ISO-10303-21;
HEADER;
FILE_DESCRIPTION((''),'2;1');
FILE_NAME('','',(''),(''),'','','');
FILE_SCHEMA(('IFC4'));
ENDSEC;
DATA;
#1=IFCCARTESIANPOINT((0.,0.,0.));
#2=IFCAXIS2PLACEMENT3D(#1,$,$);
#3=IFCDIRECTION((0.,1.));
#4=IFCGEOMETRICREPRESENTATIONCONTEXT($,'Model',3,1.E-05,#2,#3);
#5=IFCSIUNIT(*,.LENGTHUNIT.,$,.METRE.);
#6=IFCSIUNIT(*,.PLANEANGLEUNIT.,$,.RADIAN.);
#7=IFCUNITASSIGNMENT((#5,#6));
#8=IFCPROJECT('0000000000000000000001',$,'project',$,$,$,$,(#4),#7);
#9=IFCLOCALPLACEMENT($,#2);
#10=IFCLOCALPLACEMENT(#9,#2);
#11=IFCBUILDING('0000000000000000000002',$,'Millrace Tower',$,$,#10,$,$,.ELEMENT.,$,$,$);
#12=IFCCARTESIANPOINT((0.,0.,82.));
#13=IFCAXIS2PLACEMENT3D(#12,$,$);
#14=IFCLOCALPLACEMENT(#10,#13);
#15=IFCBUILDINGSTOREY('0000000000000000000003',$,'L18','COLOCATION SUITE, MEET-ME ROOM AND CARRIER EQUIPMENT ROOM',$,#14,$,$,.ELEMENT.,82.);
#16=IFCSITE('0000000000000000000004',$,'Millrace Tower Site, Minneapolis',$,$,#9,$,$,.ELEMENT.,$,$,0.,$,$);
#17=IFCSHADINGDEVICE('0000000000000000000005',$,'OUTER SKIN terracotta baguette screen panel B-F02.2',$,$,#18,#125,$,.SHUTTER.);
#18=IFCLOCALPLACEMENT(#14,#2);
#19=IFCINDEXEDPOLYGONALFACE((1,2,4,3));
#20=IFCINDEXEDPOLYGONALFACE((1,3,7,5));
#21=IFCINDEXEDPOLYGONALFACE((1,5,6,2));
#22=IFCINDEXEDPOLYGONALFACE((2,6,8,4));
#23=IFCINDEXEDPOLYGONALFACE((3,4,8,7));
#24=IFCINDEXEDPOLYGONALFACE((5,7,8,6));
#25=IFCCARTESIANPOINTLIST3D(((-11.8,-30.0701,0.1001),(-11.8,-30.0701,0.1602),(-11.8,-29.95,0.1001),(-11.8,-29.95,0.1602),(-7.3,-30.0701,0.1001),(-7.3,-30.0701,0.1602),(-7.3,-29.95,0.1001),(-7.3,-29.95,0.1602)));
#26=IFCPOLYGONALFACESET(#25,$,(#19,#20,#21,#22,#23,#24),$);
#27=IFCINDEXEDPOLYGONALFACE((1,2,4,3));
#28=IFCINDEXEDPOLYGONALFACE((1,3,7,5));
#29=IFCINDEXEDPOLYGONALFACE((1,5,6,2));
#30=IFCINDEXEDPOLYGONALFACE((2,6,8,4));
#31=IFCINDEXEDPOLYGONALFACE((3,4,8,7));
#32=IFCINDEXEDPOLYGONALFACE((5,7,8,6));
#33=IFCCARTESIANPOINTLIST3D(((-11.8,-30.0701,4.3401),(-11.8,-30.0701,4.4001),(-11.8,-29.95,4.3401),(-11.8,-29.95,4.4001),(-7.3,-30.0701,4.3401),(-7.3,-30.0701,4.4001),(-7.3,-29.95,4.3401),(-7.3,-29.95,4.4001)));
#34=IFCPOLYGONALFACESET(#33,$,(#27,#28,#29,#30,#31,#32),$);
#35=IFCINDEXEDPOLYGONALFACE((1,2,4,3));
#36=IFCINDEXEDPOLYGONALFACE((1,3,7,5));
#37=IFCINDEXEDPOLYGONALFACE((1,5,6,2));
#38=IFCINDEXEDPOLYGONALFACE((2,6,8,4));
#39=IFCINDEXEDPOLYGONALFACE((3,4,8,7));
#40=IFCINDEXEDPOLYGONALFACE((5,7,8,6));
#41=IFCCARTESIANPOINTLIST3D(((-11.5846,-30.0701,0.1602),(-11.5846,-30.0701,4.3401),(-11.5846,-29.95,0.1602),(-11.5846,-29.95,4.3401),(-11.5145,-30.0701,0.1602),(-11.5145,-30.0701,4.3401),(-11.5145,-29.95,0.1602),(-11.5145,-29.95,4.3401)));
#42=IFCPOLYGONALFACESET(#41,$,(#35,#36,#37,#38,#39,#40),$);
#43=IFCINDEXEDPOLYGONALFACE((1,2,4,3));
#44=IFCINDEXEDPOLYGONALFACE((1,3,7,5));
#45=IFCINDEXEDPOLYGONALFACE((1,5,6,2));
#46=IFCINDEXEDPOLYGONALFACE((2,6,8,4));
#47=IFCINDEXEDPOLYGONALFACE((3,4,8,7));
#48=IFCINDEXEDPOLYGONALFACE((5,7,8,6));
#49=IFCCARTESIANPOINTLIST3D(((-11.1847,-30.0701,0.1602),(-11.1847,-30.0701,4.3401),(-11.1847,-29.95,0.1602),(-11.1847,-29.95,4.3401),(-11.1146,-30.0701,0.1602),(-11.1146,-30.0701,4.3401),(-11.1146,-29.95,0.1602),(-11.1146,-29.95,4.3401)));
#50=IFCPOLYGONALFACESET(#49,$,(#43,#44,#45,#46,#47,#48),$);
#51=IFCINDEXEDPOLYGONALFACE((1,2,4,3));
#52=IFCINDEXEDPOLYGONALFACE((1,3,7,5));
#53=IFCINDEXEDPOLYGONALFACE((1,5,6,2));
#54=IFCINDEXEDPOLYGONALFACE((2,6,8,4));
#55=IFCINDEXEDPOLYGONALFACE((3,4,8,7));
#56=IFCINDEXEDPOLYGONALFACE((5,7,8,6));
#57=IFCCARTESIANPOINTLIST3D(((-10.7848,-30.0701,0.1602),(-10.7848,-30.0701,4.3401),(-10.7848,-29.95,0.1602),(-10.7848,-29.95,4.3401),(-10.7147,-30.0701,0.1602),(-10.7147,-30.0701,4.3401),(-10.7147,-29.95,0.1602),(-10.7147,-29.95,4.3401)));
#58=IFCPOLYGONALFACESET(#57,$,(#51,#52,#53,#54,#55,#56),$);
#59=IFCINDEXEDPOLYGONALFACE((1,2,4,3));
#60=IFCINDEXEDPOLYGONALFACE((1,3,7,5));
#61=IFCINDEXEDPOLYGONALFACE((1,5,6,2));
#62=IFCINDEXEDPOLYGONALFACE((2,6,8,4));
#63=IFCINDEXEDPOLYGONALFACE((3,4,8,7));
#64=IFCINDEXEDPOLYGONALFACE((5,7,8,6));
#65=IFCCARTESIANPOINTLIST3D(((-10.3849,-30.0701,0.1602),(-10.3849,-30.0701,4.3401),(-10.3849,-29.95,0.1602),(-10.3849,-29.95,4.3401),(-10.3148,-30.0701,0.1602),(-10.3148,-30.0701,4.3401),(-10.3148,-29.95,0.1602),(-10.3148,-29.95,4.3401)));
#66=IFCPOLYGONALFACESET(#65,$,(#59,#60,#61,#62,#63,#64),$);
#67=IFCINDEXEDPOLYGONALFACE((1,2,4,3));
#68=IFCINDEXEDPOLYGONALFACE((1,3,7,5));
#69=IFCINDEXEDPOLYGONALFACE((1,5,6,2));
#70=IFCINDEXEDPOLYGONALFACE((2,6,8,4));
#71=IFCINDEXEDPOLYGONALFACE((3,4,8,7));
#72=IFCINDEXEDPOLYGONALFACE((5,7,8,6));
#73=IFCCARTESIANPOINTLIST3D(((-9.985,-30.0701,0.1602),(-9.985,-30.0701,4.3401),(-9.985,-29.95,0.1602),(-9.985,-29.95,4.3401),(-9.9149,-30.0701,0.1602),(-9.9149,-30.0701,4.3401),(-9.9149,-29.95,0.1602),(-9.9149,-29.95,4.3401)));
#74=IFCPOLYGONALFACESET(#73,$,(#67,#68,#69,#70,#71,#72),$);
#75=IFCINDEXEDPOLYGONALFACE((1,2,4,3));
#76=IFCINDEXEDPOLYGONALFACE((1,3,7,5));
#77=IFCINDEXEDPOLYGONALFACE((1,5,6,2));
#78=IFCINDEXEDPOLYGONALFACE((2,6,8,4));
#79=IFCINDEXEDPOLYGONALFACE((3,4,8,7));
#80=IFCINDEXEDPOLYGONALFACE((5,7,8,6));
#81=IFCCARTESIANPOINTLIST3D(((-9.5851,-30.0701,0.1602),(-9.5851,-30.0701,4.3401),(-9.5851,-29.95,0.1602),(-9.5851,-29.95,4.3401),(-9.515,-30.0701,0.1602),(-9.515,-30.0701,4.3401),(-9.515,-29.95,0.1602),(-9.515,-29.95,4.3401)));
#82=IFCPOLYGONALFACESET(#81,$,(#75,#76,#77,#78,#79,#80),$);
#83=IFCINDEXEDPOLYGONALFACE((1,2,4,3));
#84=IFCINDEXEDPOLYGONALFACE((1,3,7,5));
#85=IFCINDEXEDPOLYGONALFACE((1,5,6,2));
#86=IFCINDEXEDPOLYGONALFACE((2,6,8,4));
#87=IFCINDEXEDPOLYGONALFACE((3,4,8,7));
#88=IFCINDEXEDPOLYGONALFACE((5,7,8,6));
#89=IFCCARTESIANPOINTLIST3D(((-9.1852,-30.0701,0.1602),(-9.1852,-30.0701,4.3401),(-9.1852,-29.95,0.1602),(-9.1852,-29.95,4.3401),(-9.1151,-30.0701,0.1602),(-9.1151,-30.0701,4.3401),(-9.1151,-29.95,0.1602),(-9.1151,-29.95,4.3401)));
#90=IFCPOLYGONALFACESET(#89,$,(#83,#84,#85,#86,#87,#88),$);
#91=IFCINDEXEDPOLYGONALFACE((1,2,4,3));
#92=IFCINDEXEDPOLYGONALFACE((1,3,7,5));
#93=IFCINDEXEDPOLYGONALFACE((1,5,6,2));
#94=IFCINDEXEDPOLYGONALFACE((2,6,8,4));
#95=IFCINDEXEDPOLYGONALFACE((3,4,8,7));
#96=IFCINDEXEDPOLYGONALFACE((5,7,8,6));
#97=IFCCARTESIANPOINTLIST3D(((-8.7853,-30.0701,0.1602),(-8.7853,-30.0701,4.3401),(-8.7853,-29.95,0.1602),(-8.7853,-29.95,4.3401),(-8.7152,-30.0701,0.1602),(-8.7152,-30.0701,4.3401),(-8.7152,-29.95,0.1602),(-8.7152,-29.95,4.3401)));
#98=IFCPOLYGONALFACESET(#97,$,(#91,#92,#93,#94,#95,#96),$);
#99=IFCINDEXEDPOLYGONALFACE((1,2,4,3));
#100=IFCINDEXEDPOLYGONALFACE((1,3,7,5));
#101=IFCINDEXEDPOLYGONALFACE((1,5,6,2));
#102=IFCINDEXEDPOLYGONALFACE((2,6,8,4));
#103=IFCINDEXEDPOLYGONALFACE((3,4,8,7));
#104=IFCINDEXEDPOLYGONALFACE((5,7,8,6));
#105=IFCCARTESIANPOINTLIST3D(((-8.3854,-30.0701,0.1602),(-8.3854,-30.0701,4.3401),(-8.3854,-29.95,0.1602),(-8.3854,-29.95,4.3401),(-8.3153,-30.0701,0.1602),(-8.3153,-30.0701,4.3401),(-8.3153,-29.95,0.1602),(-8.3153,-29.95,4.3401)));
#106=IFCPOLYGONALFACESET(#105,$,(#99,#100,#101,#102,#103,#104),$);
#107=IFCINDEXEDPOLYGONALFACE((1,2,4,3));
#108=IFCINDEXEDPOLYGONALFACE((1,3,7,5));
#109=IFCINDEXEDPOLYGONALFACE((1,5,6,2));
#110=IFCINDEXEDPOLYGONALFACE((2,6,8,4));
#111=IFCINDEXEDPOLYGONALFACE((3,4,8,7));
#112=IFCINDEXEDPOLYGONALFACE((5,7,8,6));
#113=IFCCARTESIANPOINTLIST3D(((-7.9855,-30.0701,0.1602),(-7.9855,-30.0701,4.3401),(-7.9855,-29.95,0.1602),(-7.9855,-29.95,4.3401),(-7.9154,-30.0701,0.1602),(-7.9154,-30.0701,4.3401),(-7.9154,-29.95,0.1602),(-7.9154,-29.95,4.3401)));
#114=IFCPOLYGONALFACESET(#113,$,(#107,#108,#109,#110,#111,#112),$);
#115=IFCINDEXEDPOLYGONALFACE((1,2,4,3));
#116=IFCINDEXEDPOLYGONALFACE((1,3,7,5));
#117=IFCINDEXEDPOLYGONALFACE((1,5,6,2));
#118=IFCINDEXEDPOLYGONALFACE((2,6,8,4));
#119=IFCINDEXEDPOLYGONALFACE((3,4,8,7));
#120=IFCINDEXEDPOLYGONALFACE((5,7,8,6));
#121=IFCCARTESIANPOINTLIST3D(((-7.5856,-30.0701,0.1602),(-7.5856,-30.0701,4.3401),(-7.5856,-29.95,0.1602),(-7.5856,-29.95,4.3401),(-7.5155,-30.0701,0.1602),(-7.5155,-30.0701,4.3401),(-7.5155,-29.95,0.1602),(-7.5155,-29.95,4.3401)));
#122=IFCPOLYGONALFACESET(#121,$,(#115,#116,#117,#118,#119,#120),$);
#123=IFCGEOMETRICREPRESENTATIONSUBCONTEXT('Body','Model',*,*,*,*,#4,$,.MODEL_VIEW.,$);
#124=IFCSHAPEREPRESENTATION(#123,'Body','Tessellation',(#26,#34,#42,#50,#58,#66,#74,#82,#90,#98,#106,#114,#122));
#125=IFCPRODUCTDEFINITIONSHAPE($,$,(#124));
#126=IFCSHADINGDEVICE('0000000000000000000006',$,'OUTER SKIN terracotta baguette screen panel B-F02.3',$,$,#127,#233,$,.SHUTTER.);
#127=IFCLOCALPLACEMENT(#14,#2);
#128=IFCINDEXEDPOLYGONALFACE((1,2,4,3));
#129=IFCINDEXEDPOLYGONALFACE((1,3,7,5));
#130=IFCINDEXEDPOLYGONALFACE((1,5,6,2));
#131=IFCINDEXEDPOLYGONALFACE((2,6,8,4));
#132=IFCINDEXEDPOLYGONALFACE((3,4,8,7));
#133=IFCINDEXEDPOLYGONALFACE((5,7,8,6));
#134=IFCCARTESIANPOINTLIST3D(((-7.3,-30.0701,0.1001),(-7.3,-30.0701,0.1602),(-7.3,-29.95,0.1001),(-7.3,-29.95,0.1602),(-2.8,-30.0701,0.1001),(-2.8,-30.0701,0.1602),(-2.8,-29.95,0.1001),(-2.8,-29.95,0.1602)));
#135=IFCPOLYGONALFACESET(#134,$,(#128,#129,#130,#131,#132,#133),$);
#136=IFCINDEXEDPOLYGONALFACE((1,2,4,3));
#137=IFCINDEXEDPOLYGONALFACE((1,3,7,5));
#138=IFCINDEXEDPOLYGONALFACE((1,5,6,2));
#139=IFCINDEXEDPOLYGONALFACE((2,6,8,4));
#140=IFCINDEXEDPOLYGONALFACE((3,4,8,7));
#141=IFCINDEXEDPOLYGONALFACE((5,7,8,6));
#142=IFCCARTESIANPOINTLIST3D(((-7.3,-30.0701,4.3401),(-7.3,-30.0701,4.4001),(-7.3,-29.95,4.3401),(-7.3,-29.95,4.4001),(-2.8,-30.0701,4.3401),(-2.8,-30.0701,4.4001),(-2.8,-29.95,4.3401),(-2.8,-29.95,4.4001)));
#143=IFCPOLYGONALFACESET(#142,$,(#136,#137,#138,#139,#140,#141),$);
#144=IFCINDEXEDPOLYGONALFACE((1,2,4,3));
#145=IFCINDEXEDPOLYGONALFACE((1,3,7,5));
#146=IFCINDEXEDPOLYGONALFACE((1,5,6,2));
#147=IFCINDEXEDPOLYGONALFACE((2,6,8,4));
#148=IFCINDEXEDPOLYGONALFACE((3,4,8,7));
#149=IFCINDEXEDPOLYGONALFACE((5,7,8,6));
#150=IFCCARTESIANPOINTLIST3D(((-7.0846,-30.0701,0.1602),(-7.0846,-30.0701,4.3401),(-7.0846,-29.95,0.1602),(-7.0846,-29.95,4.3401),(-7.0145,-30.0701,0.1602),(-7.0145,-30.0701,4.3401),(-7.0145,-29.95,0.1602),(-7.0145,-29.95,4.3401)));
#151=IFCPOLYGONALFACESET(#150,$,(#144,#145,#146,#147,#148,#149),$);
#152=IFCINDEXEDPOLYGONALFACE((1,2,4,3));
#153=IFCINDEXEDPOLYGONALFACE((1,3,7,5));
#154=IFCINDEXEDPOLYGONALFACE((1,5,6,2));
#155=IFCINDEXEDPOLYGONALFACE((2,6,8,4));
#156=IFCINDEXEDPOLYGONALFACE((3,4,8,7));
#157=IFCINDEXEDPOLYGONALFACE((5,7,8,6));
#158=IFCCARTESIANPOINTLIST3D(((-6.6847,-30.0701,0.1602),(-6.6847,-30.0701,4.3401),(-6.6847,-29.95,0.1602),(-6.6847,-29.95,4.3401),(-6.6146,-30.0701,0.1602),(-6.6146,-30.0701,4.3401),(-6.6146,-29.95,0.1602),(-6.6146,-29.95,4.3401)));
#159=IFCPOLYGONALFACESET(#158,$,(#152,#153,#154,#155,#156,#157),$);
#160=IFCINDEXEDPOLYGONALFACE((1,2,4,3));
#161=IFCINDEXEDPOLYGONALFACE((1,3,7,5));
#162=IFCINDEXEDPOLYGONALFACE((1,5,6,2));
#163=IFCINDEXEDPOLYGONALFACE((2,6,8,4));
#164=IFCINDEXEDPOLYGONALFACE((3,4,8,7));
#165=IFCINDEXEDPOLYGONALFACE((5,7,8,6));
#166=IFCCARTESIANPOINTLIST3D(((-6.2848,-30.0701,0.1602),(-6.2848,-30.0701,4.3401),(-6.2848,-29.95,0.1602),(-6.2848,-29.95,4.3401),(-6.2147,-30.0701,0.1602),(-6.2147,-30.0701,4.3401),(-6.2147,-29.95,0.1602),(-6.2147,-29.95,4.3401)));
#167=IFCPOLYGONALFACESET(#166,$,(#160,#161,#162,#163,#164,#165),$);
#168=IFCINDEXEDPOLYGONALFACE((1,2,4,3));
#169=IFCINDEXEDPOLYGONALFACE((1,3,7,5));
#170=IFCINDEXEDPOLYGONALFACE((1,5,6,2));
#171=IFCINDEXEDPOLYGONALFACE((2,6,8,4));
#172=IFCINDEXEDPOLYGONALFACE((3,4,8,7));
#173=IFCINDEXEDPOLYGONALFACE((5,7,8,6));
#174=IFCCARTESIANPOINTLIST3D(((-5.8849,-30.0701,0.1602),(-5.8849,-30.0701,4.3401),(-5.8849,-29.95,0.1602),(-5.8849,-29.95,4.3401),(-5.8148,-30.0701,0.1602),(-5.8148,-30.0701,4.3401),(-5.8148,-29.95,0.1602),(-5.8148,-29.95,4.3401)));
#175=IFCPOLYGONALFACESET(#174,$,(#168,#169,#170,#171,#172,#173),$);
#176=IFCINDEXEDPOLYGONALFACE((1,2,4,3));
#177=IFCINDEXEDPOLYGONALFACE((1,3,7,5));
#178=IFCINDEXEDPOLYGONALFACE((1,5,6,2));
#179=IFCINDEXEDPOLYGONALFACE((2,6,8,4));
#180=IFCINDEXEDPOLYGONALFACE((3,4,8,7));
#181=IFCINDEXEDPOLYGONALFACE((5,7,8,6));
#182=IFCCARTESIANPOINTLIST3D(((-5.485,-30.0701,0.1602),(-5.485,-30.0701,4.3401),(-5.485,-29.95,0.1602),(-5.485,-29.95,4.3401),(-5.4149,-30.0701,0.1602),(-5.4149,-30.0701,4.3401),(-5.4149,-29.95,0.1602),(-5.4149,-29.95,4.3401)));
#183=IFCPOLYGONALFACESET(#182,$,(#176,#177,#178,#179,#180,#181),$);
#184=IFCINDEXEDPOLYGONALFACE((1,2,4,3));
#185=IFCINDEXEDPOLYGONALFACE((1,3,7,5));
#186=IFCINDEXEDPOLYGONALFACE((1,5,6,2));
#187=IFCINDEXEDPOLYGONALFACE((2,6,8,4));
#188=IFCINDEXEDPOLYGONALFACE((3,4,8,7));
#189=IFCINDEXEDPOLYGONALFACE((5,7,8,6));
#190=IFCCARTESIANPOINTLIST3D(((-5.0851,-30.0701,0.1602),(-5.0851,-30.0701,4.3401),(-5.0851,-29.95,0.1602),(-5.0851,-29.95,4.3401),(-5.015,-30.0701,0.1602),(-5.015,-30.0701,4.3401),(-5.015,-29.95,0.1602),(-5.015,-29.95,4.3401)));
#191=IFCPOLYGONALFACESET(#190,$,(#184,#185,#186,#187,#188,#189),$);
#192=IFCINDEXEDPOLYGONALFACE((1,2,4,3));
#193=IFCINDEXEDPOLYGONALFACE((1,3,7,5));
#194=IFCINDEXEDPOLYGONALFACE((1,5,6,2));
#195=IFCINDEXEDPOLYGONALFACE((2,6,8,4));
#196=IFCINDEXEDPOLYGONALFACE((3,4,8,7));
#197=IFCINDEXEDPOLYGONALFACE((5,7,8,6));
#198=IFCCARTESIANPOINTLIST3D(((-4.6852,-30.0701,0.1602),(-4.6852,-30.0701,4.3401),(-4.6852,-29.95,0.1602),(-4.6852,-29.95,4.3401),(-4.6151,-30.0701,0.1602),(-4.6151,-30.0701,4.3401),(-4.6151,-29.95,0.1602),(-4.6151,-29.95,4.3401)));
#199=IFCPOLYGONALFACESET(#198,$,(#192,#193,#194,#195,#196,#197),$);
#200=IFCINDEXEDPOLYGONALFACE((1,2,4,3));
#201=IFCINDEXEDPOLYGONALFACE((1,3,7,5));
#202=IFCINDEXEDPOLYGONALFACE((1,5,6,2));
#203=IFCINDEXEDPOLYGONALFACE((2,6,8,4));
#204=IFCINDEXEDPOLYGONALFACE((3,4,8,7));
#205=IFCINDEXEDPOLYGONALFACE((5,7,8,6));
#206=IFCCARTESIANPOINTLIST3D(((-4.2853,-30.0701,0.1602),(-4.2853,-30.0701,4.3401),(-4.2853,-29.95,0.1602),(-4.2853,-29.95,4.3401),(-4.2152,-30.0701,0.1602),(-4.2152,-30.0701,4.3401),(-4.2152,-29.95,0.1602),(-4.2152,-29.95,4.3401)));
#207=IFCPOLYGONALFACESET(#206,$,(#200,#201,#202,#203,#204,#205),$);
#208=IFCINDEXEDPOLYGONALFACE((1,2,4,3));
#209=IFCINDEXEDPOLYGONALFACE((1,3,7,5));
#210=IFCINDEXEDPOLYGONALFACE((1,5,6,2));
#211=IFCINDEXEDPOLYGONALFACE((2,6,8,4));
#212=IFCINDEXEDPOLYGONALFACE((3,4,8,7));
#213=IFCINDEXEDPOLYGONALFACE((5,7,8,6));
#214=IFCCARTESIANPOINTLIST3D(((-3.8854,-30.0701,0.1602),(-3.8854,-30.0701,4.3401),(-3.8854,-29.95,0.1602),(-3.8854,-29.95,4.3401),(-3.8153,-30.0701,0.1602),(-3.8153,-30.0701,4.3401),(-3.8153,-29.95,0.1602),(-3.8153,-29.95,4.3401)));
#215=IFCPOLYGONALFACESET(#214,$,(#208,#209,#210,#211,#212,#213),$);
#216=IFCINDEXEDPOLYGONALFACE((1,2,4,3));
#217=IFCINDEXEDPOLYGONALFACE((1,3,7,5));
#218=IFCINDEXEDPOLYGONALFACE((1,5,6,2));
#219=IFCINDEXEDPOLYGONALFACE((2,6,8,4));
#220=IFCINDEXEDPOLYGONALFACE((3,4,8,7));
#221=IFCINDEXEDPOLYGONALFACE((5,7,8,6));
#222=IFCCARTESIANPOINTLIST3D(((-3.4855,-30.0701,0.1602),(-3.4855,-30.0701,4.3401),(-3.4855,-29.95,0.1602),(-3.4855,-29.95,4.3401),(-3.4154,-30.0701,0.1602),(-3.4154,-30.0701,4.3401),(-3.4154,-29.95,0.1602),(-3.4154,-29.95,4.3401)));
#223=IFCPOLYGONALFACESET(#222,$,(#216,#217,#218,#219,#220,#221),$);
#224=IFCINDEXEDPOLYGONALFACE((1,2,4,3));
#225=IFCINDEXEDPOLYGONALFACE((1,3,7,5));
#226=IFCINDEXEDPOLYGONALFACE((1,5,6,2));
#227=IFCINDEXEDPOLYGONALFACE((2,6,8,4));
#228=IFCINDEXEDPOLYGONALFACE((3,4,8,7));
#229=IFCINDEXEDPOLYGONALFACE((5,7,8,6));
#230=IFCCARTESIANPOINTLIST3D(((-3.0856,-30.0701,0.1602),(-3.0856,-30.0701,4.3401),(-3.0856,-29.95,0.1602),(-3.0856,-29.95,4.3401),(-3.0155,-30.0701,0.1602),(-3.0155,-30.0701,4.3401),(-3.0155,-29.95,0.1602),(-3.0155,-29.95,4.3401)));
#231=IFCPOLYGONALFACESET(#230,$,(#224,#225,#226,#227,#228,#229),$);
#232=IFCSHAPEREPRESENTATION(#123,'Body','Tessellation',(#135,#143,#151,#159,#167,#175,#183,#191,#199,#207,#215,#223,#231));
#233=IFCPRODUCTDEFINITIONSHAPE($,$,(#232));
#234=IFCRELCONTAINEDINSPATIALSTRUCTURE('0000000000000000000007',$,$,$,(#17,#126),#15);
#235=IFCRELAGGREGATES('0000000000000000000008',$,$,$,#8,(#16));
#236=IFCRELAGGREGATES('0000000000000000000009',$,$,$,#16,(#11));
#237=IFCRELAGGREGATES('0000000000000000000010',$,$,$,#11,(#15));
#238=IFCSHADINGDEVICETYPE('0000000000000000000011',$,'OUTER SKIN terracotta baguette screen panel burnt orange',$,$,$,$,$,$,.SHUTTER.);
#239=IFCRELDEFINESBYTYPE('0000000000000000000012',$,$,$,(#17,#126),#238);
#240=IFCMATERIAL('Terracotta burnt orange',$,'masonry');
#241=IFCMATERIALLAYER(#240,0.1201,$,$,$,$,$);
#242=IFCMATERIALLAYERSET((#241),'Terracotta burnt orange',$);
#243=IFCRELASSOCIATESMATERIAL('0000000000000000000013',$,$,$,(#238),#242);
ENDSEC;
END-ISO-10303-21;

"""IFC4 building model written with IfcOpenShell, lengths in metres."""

from ifc_helpers import new_model, entity, si_unit, direction, frame, frame_2d, origin, origin_2d, place, context, subcontext, project, spatial, rectangle, extrude, source, transform, mapped, material, layer, layer_set, type_object, element, save


model = new_model("IFC4")

# Units and contexts
model_context = context("Model", 3, precision=1e-05, world=origin(), true_north=direction((0.0, 1.0)))
body_context = subcontext(model_context, "Body", "Model", "MODEL_VIEW")
ifc_project = project(units=[si_unit("LENGTHUNIT", "METRE"), si_unit("PLANEANGLEUNIT", "RADIAN")], contexts=[model_context])

# Site, building, storey
site_placement = place(None, origin())
site = spatial("IfcSite", under=ifc_project, at=site_placement, Name="Millrace Tower Site, Minneapolis", CompositionType="ELEMENT", RefElevation=0.0)
building_placement = place(site_placement, origin())
building = spatial("IfcBuilding", under=site, at=building_placement, Name="Millrace Tower", CompositionType="ELEMENT")
storey_placement = place(building_placement, frame((0.0, 0.0, 82.0)))
storey = spatial("IfcBuildingStorey", under=building, at=storey_placement, Name="L18", Description="COLOCATION SUITE, MEET-ME ROOM AND CARRIER EQUIPMENT ROOM", CompositionType="ELEMENT", Elevation=82.0)

# Shading devices
ifc_material_1 = material(Name="Terracotta burnt orange", Category="masonry")
ifc_layer_1 = layer(ifc_material_1, 0.1201)
ifc_layer_set_1 = layer_set([ifc_layer_1], Name="Terracotta burnt orange")
shading_device_type = type_object("IfcShadingDeviceType", Name="OUTER SKIN terracotta baguette screen panel burnt orange", PredefinedType="SHUTTER", material=ifc_layer_set_1)
cartesian_point_1 = entity("IfcCartesianPoint", [-2.25, 0.0601])
shared_polyline_1 = entity("IfcPolyline", [cartesian_point_1, entity("IfcCartesianPoint", [2.25, 0.0601]), entity("IfcCartesianPoint", [2.25, -0.0601]), entity("IfcCartesianPoint", [-2.25, -0.0601]), cartesian_point_1])
shared_shape_1 = source(origin(), body_context, "Body", "SweptSolid", [
    entity("IfcExtrudedAreaSolid", entity("IfcArbitraryClosedProfileDef", "AREA", None, shared_polyline_1), entity("IfcAxis2Placement3D", entity("IfcCartesianPoint", [0.0, 0.0, 0.0])), entity("IfcDirection", [0.0, 0.0, 1.0]), 0.0601),
    entity("IfcExtrudedAreaSolid", entity("IfcArbitraryClosedProfileDef", "AREA", None, shared_polyline_1), entity("IfcAxis2Placement3D", entity("IfcCartesianPoint", [0.0, 0.0, 4.24])), entity("IfcDirection", [0.0, 0.0, 1.0]), 0.0601),
    extrude(rectangle(XDim=0.0701, YDim=0.1201, at=frame_2d((-1.9995, 0.0))), frame((0.0, 0.0, 0.0601)), (0.0, 0.0, 1.0), 4.1799),
    extrude(rectangle(XDim=0.0701, YDim=0.1201, at=frame_2d((-1.5996, 0.0))), frame((0.0, 0.0, 0.0601)), (0.0, 0.0, 1.0), 4.1799),
    extrude(rectangle(XDim=0.0701, YDim=0.1201, at=frame_2d((-1.1997, 0.0))), frame((0.0, 0.0, 0.0601)), (0.0, 0.0, 1.0), 4.1799),
    extrude(rectangle(XDim=0.0701, YDim=0.1201, at=frame_2d((-0.7998, 0.0))), frame((0.0, 0.0, 0.0601)), (0.0, 0.0, 1.0), 4.1799),
    extrude(rectangle(XDim=0.0701, YDim=0.1201, at=frame_2d((-0.3999, 0.0))), frame((0.0, 0.0, 0.0601)), (0.0, 0.0, 1.0), 4.1799),
    extrude(rectangle(XDim=0.0701, YDim=0.1201, at=origin_2d()), frame((0.0, 0.0, 0.0601)), (0.0, 0.0, 1.0), 4.1799),
    extrude(rectangle(XDim=0.0701, YDim=0.1201, at=frame_2d((0.3999, 0.0))), frame((0.0, 0.0, 0.0601)), (0.0, 0.0, 1.0), 4.1799),
    extrude(rectangle(XDim=0.0701, YDim=0.1201, at=frame_2d((0.7998, 0.0))), frame((0.0, 0.0, 0.0601)), (0.0, 0.0, 1.0), 4.1799),
    extrude(rectangle(XDim=0.0701, YDim=0.1201, at=frame_2d((1.1997, 0.0))), frame((0.0, 0.0, 0.0601)), (0.0, 0.0, 1.0), 4.1799),
    extrude(rectangle(XDim=0.0701, YDim=0.1201, at=frame_2d((1.5996, 0.0))), frame((0.0, 0.0, 0.0601)), (0.0, 0.0, 1.0), 4.1799),
    extrude(rectangle(XDim=0.0701, YDim=0.1201, at=frame_2d((1.9995, 0.0))), frame((0.0, 0.0, 0.0601)), (0.0, 0.0, 1.0), 4.1799),
])
for number, where, z_axis, x_axis, name in (
    (1, (-9.55, -30.01, 0.1001), (0.0, 0.0, 1.0), (1.0, 0.0, 0.0), "OUTER SKIN terracotta baguette screen panel B-F02.2"),
    (2, (-5.05, -30.01, 0.1001), (0.0, 0.0, 1.0), (1.0, 0.0, 0.0), "OUTER SKIN terracotta baguette screen panel B-F02.3"),
):
    element("IfcShadingDevice", number, at=place(storey_placement, frame(where, z_axis=z_axis, x_axis=x_axis)), inside=storey, type_object=shading_device_type, Name=name, PredefinedType="SHUTTER", context=body_context, shape_type="MappedRepresentation", body=[
        mapped(shared_shape_1, transform((0.0, 0.0, 0.0), scale=1.0)),
    ])

save(model, "model.ifc")
